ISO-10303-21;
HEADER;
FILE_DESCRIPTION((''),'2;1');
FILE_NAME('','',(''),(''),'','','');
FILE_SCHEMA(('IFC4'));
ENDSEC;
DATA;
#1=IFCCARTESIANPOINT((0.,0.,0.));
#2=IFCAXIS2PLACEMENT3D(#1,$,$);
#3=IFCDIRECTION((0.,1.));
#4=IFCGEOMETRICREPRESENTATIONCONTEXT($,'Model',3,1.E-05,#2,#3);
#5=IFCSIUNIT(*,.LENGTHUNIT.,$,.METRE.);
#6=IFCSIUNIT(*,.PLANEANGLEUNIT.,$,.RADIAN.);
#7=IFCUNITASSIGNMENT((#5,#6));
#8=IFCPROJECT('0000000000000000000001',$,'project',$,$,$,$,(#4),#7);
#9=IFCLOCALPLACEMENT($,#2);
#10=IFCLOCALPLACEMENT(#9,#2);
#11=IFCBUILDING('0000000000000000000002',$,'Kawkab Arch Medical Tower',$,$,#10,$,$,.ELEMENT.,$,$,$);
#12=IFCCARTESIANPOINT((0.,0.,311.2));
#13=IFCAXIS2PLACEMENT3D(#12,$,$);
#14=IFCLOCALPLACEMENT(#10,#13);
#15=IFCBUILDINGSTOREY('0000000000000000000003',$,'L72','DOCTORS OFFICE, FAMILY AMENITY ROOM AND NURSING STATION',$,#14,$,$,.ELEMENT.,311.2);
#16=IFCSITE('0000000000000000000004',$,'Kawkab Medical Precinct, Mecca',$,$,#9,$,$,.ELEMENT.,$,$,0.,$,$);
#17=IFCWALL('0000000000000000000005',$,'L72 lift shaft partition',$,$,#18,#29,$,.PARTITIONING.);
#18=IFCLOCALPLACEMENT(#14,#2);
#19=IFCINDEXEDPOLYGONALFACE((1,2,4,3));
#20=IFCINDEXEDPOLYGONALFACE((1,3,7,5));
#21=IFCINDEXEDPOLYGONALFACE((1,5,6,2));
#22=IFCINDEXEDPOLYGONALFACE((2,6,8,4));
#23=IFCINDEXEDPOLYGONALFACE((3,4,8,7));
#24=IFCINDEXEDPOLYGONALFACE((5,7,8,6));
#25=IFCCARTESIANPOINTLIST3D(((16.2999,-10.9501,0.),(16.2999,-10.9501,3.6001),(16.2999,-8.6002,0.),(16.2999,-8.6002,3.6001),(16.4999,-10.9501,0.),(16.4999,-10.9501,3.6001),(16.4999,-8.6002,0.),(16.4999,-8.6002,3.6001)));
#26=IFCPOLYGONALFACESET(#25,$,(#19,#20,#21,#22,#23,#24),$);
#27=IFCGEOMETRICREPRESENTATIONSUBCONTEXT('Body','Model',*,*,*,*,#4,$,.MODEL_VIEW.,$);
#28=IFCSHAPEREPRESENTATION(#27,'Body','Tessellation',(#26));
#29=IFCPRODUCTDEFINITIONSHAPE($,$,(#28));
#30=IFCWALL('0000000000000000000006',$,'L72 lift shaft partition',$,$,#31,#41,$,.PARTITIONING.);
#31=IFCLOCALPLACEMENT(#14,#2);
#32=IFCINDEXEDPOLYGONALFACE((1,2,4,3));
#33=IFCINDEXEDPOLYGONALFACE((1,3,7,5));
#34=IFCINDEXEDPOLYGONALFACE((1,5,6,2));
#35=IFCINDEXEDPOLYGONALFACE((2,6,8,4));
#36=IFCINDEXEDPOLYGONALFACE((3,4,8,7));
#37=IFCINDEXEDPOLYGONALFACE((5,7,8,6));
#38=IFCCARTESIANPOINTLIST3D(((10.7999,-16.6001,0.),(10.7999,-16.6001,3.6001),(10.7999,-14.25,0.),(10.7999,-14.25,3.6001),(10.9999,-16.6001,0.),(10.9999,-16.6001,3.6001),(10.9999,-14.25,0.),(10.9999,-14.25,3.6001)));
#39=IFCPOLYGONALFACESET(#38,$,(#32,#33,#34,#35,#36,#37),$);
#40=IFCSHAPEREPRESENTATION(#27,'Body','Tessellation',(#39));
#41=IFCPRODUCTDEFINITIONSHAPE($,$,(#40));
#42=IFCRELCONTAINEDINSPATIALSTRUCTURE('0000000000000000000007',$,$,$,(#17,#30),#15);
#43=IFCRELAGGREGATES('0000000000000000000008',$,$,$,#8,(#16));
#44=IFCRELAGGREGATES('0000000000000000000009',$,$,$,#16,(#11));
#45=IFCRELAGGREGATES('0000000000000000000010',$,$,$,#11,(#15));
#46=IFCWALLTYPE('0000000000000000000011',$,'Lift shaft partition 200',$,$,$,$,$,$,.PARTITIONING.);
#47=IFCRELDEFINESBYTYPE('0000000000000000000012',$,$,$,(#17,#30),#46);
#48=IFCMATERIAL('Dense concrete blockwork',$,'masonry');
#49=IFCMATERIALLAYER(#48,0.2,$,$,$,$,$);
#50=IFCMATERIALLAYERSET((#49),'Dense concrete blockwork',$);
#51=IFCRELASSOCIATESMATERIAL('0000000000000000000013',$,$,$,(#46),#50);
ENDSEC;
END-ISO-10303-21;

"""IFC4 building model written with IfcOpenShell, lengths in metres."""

from ifc_helpers import new_model, si_unit, direction, frame, frame_2d, origin, place, context, subcontext, project, spatial, rectangle, extrude, material, layer, layer_set, type_object, element, save


model = new_model("IFC4")

# Units and contexts
model_context = context("Model", 3, precision=1e-05, world=origin(), true_north=direction((0.0, 1.0)))
body_context = subcontext(model_context, "Body", "Model", "MODEL_VIEW")
ifc_project = project(units=[si_unit("LENGTHUNIT", "METRE"), si_unit("PLANEANGLEUNIT", "RADIAN")], contexts=[model_context])

# Site, building, storey
site_placement = place(None, origin())
site = spatial("IfcSite", under=ifc_project, at=site_placement, Name="Kawkab Medical Precinct, Mecca", CompositionType="ELEMENT", RefElevation=0.0)
building_placement = place(site_placement, origin())
building = spatial("IfcBuilding", under=site, at=building_placement, Name="Kawkab Arch Medical Tower", CompositionType="ELEMENT")
storey_placement = place(building_placement, frame((0.0, 0.0, 311.2)))
storey = spatial("IfcBuildingStorey", under=building, at=storey_placement, Name="L72", Description="DOCTORS OFFICE, FAMILY AMENITY ROOM AND NURSING STATION", CompositionType="ELEMENT", Elevation=311.2)

# Walls
ifc_material_1 = material(Name="Dense concrete blockwork", Category="masonry")
ifc_layer_1 = layer(ifc_material_1, 0.2)
ifc_layer_set_1 = layer_set([ifc_layer_1], Name="Dense concrete blockwork")
wall_type_1 = type_object("IfcWallType", Name="Lift shaft partition 200", PredefinedType="PARTITIONING", material=ifc_layer_set_1)
for number, where, z_axis, x_axis, name in (
    (1, (16.3999, -10.95, 0.0), (0.0, 0.0, 1.0), (0.0, 1.0, 0.0), "L72 lift shaft partition"),
):
    element("IfcWall", number, at=place(storey_placement, frame(where, z_axis=z_axis, x_axis=x_axis)), inside=storey, type_object=wall_type_1, Name=name, PredefinedType="PARTITIONING", context=body_context, shape_type="SweptSolid", body=[
        extrude(rectangle(XDim=2.3499, YDim=0.2, at=frame_2d((1.1748, 0.0))), origin(), (0.0, 0.0, 1.0), 3.6001),
    ])
wall_1_placement = place(storey_placement, frame((10.8999, -16.6001, 0.0), z_axis=(0.0, 0.0, 1.0), x_axis=(0.0, 1.0, 0.0)))
element("IfcWall", 2, at=wall_1_placement, inside=storey, type_object=wall_type_1, Name="L72 lift shaft partition", PredefinedType="PARTITIONING", context=body_context, shape_type="SweptSolid", body=[
    extrude(rectangle(XDim=2.3501, YDim=0.2, at=frame_2d((1.175, 0.0))), origin(), (0.0, 0.0, 1.0), 3.6001),
])

save(model, "model.ifc")
